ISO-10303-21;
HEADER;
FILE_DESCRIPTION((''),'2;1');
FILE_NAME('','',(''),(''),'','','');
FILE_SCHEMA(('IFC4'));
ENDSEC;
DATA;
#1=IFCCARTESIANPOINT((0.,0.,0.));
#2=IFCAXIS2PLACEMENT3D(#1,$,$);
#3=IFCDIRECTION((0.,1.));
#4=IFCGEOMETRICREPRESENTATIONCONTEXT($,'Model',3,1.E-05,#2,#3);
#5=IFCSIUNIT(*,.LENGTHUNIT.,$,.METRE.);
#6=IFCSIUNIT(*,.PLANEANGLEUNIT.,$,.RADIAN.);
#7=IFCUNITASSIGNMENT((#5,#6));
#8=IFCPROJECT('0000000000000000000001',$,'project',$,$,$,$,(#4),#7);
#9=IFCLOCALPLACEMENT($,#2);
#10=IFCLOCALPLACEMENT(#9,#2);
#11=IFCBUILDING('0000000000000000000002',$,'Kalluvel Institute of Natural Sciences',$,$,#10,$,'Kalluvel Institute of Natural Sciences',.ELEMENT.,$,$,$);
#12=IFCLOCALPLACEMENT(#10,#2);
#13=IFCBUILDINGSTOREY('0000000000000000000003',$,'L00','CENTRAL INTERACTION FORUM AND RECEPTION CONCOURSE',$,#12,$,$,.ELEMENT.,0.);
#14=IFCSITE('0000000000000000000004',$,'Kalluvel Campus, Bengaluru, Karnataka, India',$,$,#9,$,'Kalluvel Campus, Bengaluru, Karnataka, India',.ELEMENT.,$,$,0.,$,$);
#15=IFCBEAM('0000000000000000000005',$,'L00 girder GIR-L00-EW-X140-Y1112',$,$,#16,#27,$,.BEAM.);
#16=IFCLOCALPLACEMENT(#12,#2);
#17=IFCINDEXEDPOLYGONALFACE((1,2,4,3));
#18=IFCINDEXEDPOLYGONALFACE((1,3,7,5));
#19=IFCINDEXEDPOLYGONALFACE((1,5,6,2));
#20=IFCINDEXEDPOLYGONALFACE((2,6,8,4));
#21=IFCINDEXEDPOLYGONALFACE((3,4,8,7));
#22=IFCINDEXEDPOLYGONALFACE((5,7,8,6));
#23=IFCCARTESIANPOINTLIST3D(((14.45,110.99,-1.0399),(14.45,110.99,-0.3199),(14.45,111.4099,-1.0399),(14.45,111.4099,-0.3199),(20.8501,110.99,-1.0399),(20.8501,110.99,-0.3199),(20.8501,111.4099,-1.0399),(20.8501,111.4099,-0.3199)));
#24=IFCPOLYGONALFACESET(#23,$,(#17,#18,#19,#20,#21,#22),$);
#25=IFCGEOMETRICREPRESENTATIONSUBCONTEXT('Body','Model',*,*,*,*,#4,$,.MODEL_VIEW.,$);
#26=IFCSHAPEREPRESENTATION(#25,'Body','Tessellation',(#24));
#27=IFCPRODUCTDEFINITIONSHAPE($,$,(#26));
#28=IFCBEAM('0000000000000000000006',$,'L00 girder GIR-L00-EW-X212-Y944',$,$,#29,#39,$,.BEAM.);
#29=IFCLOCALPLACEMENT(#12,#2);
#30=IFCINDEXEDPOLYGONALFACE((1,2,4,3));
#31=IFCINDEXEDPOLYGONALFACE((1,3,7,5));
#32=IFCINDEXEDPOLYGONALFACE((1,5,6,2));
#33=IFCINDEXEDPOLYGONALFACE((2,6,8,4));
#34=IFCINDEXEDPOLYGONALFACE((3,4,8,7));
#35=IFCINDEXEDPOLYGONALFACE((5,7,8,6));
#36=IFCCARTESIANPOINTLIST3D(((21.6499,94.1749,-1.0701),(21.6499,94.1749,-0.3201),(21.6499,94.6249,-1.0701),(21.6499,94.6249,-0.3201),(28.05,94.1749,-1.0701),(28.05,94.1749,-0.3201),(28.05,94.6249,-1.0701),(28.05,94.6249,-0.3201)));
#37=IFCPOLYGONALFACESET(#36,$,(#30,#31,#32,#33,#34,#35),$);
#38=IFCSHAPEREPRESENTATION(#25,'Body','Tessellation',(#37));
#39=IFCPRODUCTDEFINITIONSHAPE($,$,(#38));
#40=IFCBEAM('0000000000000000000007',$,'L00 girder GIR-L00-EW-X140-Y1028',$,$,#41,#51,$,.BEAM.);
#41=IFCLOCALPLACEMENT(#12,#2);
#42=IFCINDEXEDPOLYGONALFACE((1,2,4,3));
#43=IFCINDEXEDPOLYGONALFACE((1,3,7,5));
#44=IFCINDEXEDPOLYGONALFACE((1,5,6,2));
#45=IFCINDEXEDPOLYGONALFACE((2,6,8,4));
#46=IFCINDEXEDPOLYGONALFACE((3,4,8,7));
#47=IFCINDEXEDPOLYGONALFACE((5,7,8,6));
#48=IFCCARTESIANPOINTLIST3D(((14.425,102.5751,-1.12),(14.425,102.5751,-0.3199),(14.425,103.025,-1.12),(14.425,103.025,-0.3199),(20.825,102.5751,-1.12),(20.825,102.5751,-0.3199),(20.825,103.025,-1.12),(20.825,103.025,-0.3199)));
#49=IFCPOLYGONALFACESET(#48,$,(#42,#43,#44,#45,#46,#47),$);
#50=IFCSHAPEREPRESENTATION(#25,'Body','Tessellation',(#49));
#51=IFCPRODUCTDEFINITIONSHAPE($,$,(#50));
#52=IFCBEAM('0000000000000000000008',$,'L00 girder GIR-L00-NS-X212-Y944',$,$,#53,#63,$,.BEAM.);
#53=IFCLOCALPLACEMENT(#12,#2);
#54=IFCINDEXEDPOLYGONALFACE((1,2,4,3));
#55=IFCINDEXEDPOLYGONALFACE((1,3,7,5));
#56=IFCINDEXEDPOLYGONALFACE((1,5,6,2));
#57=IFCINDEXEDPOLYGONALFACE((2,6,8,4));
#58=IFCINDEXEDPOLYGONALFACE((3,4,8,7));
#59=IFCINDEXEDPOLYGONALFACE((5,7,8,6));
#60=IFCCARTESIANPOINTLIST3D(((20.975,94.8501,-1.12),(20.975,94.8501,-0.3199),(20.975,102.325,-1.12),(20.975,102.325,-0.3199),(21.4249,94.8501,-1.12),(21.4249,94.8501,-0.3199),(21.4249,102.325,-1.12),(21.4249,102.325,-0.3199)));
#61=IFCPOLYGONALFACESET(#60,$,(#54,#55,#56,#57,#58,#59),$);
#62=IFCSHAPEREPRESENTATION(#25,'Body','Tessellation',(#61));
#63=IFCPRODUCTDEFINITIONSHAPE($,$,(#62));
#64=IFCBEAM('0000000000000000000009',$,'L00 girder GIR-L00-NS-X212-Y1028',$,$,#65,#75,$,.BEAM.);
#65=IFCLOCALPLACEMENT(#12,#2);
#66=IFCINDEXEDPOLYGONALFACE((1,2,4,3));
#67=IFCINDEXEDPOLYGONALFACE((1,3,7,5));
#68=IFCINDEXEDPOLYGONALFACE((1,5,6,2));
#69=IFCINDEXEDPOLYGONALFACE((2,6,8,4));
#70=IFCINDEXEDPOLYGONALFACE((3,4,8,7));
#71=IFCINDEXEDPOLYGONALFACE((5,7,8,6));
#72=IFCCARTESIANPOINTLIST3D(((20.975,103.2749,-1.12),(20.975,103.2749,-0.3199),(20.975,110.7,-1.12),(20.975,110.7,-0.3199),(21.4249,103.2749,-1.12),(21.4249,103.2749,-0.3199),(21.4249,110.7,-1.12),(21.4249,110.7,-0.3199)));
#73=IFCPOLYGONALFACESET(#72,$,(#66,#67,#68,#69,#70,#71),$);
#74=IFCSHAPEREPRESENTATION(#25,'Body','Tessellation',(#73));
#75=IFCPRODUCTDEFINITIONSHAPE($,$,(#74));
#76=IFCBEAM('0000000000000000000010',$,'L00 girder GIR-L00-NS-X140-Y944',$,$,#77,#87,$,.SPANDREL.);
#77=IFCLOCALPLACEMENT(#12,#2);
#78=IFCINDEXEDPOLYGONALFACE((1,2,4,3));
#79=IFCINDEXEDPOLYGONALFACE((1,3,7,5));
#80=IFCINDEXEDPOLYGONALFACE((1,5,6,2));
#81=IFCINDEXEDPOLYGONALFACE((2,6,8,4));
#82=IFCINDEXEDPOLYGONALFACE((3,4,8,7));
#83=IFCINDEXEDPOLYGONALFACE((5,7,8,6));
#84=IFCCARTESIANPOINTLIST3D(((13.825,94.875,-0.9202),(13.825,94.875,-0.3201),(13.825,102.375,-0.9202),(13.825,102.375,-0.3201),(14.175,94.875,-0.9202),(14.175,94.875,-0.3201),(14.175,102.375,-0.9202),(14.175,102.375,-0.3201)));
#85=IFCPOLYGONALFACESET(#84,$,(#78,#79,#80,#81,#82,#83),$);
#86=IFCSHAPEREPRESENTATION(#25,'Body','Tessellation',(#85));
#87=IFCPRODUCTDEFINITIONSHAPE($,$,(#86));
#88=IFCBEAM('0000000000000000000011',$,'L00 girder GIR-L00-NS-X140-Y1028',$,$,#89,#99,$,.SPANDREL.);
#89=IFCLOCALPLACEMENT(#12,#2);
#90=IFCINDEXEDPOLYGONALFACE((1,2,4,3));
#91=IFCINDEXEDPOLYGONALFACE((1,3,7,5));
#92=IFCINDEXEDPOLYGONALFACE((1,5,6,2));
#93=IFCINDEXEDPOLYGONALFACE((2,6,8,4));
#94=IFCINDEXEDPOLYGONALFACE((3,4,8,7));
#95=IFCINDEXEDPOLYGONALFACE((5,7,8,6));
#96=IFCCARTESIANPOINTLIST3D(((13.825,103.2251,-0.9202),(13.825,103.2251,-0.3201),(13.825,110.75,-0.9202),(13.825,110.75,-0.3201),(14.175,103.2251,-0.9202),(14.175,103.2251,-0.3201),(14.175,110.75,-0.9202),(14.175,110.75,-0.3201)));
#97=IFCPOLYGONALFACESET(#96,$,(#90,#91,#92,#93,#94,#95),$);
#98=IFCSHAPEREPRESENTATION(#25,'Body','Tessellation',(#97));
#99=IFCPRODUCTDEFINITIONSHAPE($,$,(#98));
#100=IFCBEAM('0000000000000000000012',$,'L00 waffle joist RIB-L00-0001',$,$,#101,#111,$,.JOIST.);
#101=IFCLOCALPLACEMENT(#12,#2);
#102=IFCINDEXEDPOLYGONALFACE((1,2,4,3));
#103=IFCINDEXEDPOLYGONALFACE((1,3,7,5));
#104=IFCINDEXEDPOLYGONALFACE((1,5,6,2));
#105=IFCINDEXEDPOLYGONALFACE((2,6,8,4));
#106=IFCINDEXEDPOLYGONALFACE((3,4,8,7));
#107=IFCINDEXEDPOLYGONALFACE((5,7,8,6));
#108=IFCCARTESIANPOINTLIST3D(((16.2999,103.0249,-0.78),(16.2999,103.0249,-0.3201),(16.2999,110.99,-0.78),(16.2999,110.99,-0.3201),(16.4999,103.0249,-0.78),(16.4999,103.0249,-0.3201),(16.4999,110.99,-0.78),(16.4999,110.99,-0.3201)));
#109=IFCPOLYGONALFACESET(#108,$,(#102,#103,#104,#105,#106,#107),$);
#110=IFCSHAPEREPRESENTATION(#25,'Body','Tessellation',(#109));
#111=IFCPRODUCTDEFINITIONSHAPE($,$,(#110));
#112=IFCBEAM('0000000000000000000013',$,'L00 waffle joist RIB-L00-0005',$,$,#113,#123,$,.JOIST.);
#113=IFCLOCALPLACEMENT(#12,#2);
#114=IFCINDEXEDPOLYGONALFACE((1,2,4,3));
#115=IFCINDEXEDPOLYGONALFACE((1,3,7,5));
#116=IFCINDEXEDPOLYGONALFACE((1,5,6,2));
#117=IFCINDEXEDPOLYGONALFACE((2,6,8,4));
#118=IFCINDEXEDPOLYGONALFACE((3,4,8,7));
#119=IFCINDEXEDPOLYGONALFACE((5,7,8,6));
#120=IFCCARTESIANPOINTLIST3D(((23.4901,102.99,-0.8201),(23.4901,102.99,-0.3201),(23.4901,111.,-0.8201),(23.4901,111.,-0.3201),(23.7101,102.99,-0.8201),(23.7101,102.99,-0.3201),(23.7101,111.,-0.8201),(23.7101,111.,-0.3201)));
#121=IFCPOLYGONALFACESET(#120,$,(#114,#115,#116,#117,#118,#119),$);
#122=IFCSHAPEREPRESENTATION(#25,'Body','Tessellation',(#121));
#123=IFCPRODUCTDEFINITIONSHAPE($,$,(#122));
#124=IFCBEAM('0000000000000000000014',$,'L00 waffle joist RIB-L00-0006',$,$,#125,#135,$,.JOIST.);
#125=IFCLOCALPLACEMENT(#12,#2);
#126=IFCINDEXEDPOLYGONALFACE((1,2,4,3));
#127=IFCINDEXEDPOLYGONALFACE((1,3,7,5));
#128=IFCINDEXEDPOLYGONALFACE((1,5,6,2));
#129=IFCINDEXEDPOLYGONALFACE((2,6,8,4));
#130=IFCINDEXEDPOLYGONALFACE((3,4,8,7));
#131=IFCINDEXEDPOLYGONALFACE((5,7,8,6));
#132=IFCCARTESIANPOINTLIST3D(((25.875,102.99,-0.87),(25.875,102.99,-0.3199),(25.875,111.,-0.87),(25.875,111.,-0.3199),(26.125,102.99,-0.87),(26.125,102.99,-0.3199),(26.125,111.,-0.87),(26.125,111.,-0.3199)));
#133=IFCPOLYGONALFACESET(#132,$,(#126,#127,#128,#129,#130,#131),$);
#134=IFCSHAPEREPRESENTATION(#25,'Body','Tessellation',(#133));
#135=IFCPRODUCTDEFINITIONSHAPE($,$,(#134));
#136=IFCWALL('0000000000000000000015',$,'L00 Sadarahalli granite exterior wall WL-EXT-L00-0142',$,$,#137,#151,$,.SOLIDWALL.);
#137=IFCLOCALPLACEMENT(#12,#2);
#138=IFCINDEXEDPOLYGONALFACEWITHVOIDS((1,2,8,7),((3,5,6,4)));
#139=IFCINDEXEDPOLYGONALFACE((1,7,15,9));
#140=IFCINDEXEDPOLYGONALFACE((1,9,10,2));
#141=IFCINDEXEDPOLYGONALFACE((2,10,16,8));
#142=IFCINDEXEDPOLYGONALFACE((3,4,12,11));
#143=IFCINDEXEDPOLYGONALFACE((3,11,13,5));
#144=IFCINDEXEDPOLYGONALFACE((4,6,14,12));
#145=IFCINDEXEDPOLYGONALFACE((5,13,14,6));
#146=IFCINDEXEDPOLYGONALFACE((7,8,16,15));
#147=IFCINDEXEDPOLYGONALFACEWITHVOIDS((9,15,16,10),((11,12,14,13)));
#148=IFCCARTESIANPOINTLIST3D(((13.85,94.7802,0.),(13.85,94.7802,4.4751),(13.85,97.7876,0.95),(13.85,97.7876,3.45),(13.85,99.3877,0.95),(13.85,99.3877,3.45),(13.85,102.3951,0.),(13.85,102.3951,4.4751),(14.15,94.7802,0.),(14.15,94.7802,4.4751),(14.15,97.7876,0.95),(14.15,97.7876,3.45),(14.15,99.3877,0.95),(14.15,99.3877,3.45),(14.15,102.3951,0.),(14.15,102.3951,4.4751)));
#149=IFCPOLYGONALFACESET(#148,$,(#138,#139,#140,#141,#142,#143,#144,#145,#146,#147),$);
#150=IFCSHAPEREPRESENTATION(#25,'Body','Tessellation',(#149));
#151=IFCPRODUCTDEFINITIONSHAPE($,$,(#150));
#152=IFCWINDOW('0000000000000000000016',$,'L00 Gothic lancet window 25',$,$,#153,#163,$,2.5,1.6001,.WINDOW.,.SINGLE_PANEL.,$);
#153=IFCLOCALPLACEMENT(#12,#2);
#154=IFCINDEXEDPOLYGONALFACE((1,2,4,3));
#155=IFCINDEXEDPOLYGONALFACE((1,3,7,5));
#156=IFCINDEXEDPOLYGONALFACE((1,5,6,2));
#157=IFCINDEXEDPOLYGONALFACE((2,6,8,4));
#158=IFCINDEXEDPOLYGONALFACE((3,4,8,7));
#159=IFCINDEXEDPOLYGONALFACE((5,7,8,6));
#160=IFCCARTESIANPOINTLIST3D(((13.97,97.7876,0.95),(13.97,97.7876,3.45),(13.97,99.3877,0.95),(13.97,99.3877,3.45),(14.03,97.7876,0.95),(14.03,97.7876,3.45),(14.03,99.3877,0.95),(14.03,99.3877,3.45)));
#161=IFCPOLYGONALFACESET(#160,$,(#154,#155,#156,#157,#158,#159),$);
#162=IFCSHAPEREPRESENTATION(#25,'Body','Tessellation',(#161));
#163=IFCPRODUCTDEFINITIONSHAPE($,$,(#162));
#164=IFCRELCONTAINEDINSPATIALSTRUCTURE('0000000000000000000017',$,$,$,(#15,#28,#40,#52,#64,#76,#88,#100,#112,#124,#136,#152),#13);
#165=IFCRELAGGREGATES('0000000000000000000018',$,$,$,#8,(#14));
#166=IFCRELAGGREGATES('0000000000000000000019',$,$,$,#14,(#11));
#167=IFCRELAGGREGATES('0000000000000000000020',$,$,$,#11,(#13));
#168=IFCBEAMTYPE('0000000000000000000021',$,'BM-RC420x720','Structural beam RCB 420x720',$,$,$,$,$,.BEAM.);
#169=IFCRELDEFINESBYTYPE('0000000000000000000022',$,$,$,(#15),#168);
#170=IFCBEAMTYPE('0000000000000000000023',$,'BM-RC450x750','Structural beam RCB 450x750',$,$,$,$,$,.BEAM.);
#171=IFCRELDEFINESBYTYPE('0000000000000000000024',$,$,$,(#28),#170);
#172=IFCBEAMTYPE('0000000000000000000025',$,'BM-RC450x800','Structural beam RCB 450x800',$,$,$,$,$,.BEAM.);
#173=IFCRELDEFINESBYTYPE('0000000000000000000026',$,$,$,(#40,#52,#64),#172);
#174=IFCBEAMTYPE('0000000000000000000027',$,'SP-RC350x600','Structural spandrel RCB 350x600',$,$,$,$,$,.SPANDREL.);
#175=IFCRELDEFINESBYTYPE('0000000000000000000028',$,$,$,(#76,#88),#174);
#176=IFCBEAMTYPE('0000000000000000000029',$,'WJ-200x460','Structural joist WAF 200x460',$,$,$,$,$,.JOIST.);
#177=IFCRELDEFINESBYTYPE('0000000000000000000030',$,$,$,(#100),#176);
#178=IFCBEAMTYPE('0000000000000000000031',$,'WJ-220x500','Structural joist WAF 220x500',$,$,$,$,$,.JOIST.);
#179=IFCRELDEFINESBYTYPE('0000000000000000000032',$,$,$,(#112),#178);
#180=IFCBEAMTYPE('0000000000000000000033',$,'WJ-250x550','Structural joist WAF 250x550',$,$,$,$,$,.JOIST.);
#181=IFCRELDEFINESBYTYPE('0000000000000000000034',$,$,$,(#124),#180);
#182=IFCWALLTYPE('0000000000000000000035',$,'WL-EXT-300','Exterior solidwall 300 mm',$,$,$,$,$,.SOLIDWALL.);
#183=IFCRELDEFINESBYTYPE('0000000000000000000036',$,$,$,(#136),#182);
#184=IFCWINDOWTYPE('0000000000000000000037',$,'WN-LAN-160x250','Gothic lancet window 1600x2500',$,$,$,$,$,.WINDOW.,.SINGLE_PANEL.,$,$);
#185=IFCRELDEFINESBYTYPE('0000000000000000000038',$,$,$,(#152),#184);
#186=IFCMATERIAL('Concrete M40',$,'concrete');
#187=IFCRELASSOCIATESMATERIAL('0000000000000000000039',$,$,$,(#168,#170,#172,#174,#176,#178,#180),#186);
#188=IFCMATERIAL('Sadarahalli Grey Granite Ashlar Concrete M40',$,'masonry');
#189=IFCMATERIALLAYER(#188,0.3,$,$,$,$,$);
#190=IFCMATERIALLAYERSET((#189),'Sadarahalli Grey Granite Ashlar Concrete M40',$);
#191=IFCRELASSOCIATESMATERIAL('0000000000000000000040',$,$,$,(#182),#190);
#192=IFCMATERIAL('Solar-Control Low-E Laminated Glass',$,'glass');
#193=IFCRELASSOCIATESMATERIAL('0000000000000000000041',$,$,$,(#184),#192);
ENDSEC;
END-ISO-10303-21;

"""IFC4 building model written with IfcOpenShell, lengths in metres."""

from ifc_helpers import new_model, si_unit, direction, frame, frame_2d, origin, origin_2d, place, context, subcontext, project, spatial, rectangle, extrude, material, layer, layer_set, material_profile, profile_set, type_object, element, fill, save


model = new_model("IFC4")

# Units and contexts
model_context = context("Model", 3, precision=1e-05, world=origin(), true_north=direction((0.0, 1.0)))
body_context = subcontext(model_context, "Body", "Model", "MODEL_VIEW")
ifc_project = project(units=[si_unit("LENGTHUNIT", "METRE"), si_unit("PLANEANGLEUNIT", "RADIAN")], contexts=[model_context])

# Site, building, storey
site_placement = place(None, origin())
site = spatial("IfcSite", under=ifc_project, at=site_placement, Name="Kalluvel Campus, Bengaluru, Karnataka, India", LongName="Kalluvel Campus, Bengaluru, Karnataka, India", CompositionType="ELEMENT", RefElevation=0.0)
building_placement = place(site_placement, origin())
building = spatial("IfcBuilding", under=site, at=building_placement, Name="Kalluvel Institute of Natural Sciences", LongName="Kalluvel Institute of Natural Sciences", CompositionType="ELEMENT")
storey_placement = place(building_placement, origin())
storey = spatial("IfcBuildingStorey", under=building, at=storey_placement, Name="L00", Description="CENTRAL INTERACTION FORUM AND RECEPTION CONCOURSE", CompositionType="ELEMENT", Elevation=0.0)

# Beams
ifc_material_1 = material(Name="Concrete M40", Category="concrete")
ifc_material_profile_1 = material_profile(ifc_material_1, rectangle(XDim=0.4199, YDim=0.72, at=origin_2d()), Name="RCB 420x720")
ifc_profile_set_1 = profile_set([ifc_material_profile_1], Name="Concrete M40")
beam_type_1 = type_object("IfcBeamType", Name="BM-RC420x720", Description="Structural beam RCB 420x720", PredefinedType="BEAM", material=ifc_profile_set_1)
beam_1_placement = place(storey_placement, frame((14.45, 111.2, -0.6799), z_axis=(1.0, 0.0, 0.0), x_axis=(0.0, 1.0, 0.0)))
element("IfcBeam", 1, at=beam_1_placement, inside=storey, type_object=beam_type_1, Name="L00 girder GIR-L00-EW-X140-Y1112", PredefinedType="BEAM", context=body_context, shape_type="SweptSolid", body=[
    extrude(rectangle(XDim=0.4199, YDim=0.72, at=origin_2d()), origin(), (0.0, 0.0, 1.0), 6.4001),
])
ifc_material_profile_2 = material_profile(ifc_material_1, rectangle(XDim=0.45, YDim=0.75, at=origin_2d()), Name="RCB 450x750")
ifc_profile_set_2 = profile_set([ifc_material_profile_2], Name="Concrete M40")
beam_type_2 = type_object("IfcBeamType", Name="BM-RC450x750", Description="Structural beam RCB 450x750", PredefinedType="BEAM", material=ifc_profile_set_2)
beam_2_placement = place(storey_placement, frame((21.6499, 94.3999, -0.6951), z_axis=(1.0, 0.0, 0.0), x_axis=(0.0, 1.0, 0.0)))
element("IfcBeam", 2, at=beam_2_placement, inside=storey, type_object=beam_type_2, Name="L00 girder GIR-L00-EW-X212-Y944", PredefinedType="BEAM", context=body_context, shape_type="SweptSolid", body=[
    extrude(rectangle(XDim=0.45, YDim=0.75, at=origin_2d()), origin(), (0.0, 0.0, 1.0), 6.4001),
])
ifc_material_profile_3 = material_profile(ifc_material_1, rectangle(XDim=0.45, YDim=0.8, at=origin_2d()), Name="RCB 450x800")
ifc_profile_set_3 = profile_set([ifc_material_profile_3], Name="Concrete M40")
beam_type_3 = type_object("IfcBeamType", Name="BM-RC450x800", Description="Structural beam RCB 450x800", PredefinedType="BEAM", material=ifc_profile_set_3)
beam_3_placement = place(storey_placement, frame((14.425, 102.8, -0.72), z_axis=(1.0, 0.0, 0.0), x_axis=(0.0, 1.0, 0.0)))
element("IfcBeam", 3, at=beam_3_placement, inside=storey, type_object=beam_type_3, Name="L00 girder GIR-L00-EW-X140-Y1028", PredefinedType="BEAM", context=body_context, shape_type="SweptSolid", body=[
    extrude(rectangle(XDim=0.45, YDim=0.8, at=origin_2d()), origin(), (0.0, 0.0, 1.0), 6.3999),
])
beam_4_placement = place(storey_placement, frame((21.2, 94.8501, -0.72), z_axis=(0.0, 1.0, 0.0), x_axis=(-1.0, 0.0, 0.0)))
element("IfcBeam", 4, at=beam_4_placement, inside=storey, type_object=beam_type_3, Name="L00 girder GIR-L00-NS-X212-Y944", PredefinedType="BEAM", context=body_context, shape_type="SweptSolid", body=[
    extrude(rectangle(XDim=0.45, YDim=0.8, at=origin_2d()), origin(), (0.0, 0.0, 1.0), 7.4749),
])
beam_5_placement = place(storey_placement, frame((21.2, 103.2749, -0.72), z_axis=(0.0, 1.0, 0.0), x_axis=(-1.0, 0.0, 0.0)))
element("IfcBeam", 5, at=beam_5_placement, inside=storey, type_object=beam_type_3, Name="L00 girder GIR-L00-NS-X212-Y1028", PredefinedType="BEAM", context=body_context, shape_type="SweptSolid", body=[
    extrude(rectangle(XDim=0.45, YDim=0.8, at=origin_2d()), origin(), (0.0, 0.0, 1.0), 7.425),
])
ifc_material_profile_4 = material_profile(ifc_material_1, rectangle(XDim=0.3501, YDim=0.6001, at=origin_2d()), Name="RCB 350x600")
ifc_profile_set_4 = profile_set([ifc_material_profile_4], Name="Concrete M40")
beam_type_4 = type_object("IfcBeamType", Name="SP-RC350x600", Description="Structural spandrel RCB 350x600", PredefinedType="SPANDREL", material=ifc_profile_set_4)
beam_6_placement = place(storey_placement, frame((14.0, 94.875, -0.6201), z_axis=(0.0, 1.0, 0.0), x_axis=(-1.0, 0.0, 0.0)))
element("IfcBeam", 6, at=beam_6_placement, inside=storey, type_object=beam_type_4, Name="L00 girder GIR-L00-NS-X140-Y944", PredefinedType="SPANDREL", context=body_context, shape_type="SweptSolid", body=[
    extrude(rectangle(XDim=0.3501, YDim=0.6001, at=origin_2d()), origin(), (0.0, 0.0, 1.0), 7.5),
])
beam_7_placement = place(storey_placement, frame((14.0, 103.2251, -0.6201), z_axis=(0.0, 1.0, 0.0), x_axis=(-1.0, 0.0, 0.0)))
element("IfcBeam", 7, at=beam_7_placement, inside=storey, type_object=beam_type_4, Name="L00 girder GIR-L00-NS-X140-Y1028", PredefinedType="SPANDREL", context=body_context, shape_type="SweptSolid", body=[
    extrude(rectangle(XDim=0.3501, YDim=0.6001, at=origin_2d()), origin(), (0.0, 0.0, 1.0), 7.5249),
])
ifc_material_profile_5 = material_profile(ifc_material_1, rectangle(XDim=0.2, YDim=0.46, at=origin_2d()), Name="WAF 200x460")
ifc_profile_set_5 = profile_set([ifc_material_profile_5], Name="Concrete M40")
beam_type_5 = type_object("IfcBeamType", Name="WJ-200x460", Description="Structural joist WAF 200x460", PredefinedType="JOIST", material=ifc_profile_set_5)
beam_8_placement = place(storey_placement, frame((16.3999, 103.0249, -0.55), z_axis=(0.0, 1.0, 0.0), x_axis=(-1.0, 0.0, 0.0)))
element("IfcBeam", 8, at=beam_8_placement, inside=storey, type_object=beam_type_5, Name="L00 waffle joist RIB-L00-0001", PredefinedType="JOIST", context=body_context, shape_type="SweptSolid", body=[
    extrude(rectangle(XDim=0.2, YDim=0.46, at=origin_2d()), origin(), (0.0, 0.0, 1.0), 7.9651),
])
ifc_material_profile_6 = material_profile(ifc_material_1, rectangle(XDim=0.22, YDim=0.5, at=origin_2d()), Name="WAF 220x500")
ifc_profile_set_6 = profile_set([ifc_material_profile_6], Name="Concrete M40")
beam_type_6 = type_object("IfcBeamType", Name="WJ-220x500", Description="Structural joist WAF 220x500", PredefinedType="JOIST", material=ifc_profile_set_6)
beam_9_placement = place(storey_placement, frame((23.6001, 102.99, -0.5701), z_axis=(0.0, 1.0, 0.0), x_axis=(-1.0, 0.0, 0.0)))
element("IfcBeam", 9, at=beam_9_placement, inside=storey, type_object=beam_type_6, Name="L00 waffle joist RIB-L00-0005", PredefinedType="JOIST", context=body_context, shape_type="SweptSolid", body=[
    extrude(rectangle(XDim=0.22, YDim=0.5, at=origin_2d()), origin(), (0.0, 0.0, 1.0), 8.01),
])
ifc_material_profile_7 = material_profile(ifc_material_1, rectangle(XDim=0.25, YDim=0.55, at=origin_2d()), Name="WAF 250x550")
ifc_profile_set_7 = profile_set([ifc_material_profile_7], Name="Concrete M40")
beam_type_7 = type_object("IfcBeamType", Name="WJ-250x550", Description="Structural joist WAF 250x550", PredefinedType="JOIST", material=ifc_profile_set_7)
beam_10_placement = place(storey_placement, frame((26.0, 102.99, -0.595), z_axis=(0.0, 1.0, 0.0), x_axis=(-1.0, 0.0, 0.0)))
element("IfcBeam", 10, at=beam_10_placement, inside=storey, type_object=beam_type_7, Name="L00 waffle joist RIB-L00-0006", PredefinedType="JOIST", context=body_context, shape_type="SweptSolid", body=[
    extrude(rectangle(XDim=0.25, YDim=0.55, at=origin_2d()), origin(), (0.0, 0.0, 1.0), 8.01),
])

# Wall, opening, window
ifc_material_2 = material(Name="Sadarahalli Grey Granite Ashlar Concrete M40", Category="masonry")
ifc_layer_1 = layer(ifc_material_2, 0.3)
ifc_layer_set_1 = layer_set([ifc_layer_1], Name="Sadarahalli Grey Granite Ashlar Concrete M40")
wall_type_1 = type_object("IfcWallType", Name="WL-EXT-300", Description="Exterior solidwall 300 mm", PredefinedType="SOLIDWALL", material=ifc_layer_set_1)
wall_1_placement = place(storey_placement, frame((14.0, 94.78, 0.0), z_axis=(0.0, 0.0, 1.0), x_axis=(0.0, 1.0, 0.0)))
wall_1 = element("IfcWall", 11, at=wall_1_placement, inside=storey, type_object=wall_type_1, Name="L00 Sadarahalli granite exterior wall WL-EXT-L00-0142", PredefinedType="SOLIDWALL", context=body_context, shape_type="SweptSolid", body=[
    extrude(rectangle(XDim=7.615, YDim=0.3, at=frame_2d((3.8076, 0.0))), origin(), (0.0, 0.0, 1.0), 4.4751),
])
opening_1_placement = place(wall_1_placement, frame((3.0076, 0.0, 0.95)))
opening_1 = element("IfcOpeningElement", 12, at=opening_1_placement, cuts=wall_1, PredefinedType="OPENING", context=body_context, shape_type="SweptSolid", body=[
    extrude(rectangle(XDim=1.6001, YDim=2.5, at=frame_2d((0.8, 1.25))), frame((0.0, 0.1599, 0.0), z_axis=(0.0, -1.0, 0.0), x_axis=(1.0, 0.0, 0.0)), (0.0, 0.0, 1.0), 0.3201),
])
ifc_material_3 = material(Name="Solar-Control Low-E Laminated Glass", Category="glass")
window_type_1 = type_object("IfcWindowType", Name="WN-LAN-160x250", Description="Gothic lancet window 1600x2500", PartitioningType="SINGLE_PANEL", PredefinedType="WINDOW", material=ifc_material_3)
window_1_placement = place(opening_1_placement, origin())
window_1 = element("IfcWindow", 13, at=window_1_placement, inside=storey, type_object=window_type_1, Name="L00 Gothic lancet window 25", OverallHeight=2.5, OverallWidth=1.6001, PartitioningType="SINGLE_PANEL", PredefinedType="WINDOW", context=body_context, shape_type="SweptSolid", body=[
    extrude(rectangle(XDim=1.6001, YDim=2.5, at=frame_2d((0.8, 1.25))), frame((0.0, 0.03, 0.0), z_axis=(0.0, -1.0, 0.0), x_axis=(1.0, 0.0, 0.0)), (0.0, 0.0, 1.0), 0.0601),
])
fill(opening_1, window_1)

save(model, "model.ifc")
